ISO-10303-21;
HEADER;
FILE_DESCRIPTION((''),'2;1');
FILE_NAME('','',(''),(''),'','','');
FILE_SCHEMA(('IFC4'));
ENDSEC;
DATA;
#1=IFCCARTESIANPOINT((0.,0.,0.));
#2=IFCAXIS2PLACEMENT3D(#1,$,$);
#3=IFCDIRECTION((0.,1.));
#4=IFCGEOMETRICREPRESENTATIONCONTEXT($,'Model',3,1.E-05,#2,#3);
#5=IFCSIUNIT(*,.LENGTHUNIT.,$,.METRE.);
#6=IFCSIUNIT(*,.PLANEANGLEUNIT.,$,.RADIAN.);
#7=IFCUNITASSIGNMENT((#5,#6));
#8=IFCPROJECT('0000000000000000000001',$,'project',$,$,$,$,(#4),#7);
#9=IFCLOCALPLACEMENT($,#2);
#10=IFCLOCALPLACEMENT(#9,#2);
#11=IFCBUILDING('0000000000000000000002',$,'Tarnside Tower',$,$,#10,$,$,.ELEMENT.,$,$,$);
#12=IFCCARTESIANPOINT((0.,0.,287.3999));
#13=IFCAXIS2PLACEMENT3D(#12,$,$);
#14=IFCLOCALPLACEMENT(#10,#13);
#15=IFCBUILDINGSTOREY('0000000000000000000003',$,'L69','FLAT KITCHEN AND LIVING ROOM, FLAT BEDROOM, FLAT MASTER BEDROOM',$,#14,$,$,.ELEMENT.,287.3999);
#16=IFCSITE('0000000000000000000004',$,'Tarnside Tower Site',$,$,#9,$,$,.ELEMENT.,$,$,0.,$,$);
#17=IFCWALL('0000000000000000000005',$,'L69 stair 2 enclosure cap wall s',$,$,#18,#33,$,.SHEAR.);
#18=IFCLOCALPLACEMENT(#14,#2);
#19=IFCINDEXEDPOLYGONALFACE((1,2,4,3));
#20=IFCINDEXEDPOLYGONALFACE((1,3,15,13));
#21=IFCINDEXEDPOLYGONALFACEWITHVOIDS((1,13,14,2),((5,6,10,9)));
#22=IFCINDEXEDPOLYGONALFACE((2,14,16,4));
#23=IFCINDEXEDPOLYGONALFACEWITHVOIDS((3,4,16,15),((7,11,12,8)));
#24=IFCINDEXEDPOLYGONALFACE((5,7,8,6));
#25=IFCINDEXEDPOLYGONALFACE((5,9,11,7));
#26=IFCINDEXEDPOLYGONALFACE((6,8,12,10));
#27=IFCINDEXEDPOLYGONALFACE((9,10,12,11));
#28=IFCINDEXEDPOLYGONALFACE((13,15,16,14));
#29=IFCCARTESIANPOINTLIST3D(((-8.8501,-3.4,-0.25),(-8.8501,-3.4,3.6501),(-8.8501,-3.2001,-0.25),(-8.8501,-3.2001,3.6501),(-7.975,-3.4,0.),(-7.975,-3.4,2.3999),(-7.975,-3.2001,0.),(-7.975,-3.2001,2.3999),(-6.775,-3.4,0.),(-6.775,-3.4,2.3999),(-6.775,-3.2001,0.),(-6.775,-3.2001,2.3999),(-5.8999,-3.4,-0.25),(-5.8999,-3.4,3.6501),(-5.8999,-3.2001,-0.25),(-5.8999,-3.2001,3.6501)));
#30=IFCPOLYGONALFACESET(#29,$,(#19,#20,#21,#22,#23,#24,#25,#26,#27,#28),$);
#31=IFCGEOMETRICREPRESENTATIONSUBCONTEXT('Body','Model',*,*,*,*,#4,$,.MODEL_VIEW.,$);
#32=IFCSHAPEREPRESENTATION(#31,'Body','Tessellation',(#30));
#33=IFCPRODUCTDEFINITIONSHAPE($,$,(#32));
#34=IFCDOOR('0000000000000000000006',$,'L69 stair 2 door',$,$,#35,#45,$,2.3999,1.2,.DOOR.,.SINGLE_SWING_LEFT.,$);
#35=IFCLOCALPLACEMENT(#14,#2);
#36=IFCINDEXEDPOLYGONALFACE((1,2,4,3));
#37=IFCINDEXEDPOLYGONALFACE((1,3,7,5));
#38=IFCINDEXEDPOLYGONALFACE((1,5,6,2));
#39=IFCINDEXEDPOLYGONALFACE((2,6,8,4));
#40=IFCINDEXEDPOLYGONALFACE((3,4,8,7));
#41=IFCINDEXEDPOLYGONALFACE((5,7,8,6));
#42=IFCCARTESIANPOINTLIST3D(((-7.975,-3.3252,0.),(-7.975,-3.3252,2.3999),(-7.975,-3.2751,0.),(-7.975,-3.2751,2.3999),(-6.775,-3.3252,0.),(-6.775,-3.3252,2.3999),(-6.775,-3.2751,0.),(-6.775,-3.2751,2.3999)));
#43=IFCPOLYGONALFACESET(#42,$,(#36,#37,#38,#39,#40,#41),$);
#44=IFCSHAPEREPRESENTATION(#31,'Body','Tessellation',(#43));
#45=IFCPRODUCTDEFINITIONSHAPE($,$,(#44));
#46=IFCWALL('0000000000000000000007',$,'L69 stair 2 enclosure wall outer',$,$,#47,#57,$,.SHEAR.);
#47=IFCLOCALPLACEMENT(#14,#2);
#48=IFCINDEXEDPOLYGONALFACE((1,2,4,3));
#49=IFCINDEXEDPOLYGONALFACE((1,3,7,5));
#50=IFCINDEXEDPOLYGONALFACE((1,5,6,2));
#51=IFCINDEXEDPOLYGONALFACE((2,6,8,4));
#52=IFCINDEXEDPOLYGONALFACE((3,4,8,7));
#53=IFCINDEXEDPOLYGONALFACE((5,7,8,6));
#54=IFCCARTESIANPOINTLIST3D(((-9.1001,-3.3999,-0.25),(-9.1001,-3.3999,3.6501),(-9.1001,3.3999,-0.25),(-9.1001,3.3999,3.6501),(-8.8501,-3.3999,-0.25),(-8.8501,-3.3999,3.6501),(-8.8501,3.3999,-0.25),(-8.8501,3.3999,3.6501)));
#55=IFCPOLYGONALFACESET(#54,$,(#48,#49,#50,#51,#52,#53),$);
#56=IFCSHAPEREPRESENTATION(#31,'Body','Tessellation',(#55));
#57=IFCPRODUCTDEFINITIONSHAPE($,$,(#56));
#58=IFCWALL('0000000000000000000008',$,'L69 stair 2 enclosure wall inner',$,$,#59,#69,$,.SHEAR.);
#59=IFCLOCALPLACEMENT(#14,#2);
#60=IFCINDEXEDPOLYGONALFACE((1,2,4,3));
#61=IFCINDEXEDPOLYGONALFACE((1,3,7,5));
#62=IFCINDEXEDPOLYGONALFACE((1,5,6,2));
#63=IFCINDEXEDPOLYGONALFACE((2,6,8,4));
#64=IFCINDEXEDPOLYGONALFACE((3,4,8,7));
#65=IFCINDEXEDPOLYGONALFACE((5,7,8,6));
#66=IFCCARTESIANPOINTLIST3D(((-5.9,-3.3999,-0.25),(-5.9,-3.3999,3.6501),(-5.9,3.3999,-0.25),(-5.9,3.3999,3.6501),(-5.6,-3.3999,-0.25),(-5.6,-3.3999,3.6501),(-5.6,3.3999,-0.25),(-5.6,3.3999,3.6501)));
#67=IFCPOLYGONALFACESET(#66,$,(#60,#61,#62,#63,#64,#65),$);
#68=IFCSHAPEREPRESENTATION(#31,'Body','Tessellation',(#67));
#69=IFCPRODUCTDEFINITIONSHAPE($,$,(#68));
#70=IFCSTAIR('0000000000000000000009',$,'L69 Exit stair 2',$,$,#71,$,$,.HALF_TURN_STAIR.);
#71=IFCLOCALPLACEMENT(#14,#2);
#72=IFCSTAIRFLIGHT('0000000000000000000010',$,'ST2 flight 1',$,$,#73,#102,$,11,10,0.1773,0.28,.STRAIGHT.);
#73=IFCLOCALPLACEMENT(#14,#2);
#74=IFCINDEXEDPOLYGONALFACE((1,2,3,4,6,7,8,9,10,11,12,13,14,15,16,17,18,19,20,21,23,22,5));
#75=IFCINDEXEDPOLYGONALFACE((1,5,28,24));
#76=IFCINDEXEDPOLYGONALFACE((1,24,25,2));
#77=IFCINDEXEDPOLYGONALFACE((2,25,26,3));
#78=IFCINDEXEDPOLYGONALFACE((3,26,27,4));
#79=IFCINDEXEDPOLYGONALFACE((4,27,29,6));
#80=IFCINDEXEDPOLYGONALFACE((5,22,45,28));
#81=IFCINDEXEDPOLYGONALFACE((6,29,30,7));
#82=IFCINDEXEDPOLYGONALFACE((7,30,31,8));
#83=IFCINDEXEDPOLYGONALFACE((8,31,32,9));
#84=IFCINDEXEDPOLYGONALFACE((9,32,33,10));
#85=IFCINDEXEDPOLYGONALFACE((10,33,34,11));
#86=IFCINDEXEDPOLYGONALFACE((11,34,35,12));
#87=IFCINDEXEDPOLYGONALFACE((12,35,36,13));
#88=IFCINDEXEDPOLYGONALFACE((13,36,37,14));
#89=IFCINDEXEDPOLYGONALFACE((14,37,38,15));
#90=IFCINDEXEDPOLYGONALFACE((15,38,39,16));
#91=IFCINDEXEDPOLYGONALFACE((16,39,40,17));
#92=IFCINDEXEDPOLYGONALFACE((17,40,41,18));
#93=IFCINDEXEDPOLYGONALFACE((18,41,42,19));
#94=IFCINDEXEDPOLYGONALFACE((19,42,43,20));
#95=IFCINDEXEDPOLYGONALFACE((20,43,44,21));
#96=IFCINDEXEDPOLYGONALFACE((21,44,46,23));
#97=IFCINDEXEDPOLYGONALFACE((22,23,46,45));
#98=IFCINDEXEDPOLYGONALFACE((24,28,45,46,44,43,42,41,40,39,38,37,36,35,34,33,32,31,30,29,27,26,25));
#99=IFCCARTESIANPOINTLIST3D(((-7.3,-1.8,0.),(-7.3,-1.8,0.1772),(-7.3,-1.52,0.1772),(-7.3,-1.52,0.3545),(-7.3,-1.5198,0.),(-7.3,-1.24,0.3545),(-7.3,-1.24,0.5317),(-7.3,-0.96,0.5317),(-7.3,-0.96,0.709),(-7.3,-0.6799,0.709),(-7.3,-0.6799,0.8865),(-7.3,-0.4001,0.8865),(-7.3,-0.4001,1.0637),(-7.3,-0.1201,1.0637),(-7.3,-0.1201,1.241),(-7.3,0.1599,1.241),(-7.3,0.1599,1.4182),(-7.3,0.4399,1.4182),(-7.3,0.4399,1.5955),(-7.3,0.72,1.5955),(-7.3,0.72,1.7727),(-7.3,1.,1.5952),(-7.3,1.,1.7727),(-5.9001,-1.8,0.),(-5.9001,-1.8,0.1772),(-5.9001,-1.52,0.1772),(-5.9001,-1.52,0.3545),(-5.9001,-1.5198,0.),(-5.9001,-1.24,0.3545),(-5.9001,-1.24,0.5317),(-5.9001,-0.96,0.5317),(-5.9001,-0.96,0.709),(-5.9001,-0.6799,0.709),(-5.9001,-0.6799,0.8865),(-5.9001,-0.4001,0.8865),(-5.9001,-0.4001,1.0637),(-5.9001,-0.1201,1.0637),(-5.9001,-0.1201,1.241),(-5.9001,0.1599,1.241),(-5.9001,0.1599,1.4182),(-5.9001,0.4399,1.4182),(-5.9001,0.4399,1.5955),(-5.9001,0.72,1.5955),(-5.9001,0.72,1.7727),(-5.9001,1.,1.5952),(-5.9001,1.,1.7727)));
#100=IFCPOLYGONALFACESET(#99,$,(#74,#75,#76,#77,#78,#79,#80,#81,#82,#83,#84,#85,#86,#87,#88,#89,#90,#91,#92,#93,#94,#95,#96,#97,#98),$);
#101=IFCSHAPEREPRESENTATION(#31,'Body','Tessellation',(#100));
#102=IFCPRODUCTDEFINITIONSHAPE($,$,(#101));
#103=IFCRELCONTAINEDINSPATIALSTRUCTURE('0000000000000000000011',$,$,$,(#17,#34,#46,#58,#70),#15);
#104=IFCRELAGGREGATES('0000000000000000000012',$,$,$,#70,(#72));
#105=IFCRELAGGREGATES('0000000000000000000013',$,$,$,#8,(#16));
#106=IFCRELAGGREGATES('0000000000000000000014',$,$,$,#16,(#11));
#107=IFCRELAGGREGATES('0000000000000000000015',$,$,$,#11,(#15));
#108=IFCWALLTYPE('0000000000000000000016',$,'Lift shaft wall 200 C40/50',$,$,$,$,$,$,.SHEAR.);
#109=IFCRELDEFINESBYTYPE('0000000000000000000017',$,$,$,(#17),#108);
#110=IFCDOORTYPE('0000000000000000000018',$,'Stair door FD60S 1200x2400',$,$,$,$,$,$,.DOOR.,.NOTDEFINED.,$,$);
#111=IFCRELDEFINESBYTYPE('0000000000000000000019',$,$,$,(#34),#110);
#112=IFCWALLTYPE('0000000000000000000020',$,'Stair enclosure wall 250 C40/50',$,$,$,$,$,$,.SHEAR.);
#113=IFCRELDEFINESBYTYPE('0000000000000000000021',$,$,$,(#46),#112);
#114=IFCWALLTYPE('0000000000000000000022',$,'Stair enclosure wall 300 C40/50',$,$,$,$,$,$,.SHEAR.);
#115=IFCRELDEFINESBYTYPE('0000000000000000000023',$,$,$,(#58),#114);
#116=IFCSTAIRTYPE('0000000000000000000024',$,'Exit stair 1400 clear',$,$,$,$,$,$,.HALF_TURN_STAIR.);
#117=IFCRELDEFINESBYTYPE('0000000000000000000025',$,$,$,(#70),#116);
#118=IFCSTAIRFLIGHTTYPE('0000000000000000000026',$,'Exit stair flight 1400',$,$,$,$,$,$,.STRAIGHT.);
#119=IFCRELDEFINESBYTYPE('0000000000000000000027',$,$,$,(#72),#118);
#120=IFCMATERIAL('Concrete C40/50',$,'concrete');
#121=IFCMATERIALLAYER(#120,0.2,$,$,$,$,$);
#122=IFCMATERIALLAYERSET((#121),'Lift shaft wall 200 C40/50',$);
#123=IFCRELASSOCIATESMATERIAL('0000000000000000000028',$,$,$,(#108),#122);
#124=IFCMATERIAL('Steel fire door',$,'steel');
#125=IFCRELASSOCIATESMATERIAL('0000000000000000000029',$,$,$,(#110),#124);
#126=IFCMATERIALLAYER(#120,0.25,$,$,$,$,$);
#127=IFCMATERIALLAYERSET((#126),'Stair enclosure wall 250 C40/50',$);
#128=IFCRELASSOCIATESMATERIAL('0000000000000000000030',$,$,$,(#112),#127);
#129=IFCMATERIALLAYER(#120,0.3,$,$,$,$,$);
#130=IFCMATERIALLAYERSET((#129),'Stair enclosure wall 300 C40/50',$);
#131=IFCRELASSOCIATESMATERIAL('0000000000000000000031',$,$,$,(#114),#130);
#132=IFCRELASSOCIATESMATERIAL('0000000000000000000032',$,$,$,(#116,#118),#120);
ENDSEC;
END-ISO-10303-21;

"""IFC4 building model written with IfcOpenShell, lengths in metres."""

from ifc_helpers import new_model, si_unit, direction, frame, frame_2d, origin, place, context, subcontext, project, spatial, polyline, rectangle, outline, extrude, material, layer, layer_set, type_object, element, fill, aggregate, save


model = new_model("IFC4")

# Units and contexts
model_context = context("Model", 3, precision=1e-05, world=origin(), true_north=direction((0.0, 1.0)))
body_context = subcontext(model_context, "Body", "Model", "MODEL_VIEW")
ifc_project = project(units=[si_unit("LENGTHUNIT", "METRE"), si_unit("PLANEANGLEUNIT", "RADIAN")], contexts=[model_context])

# Site, building, storey
site_placement = place(None, origin())
site = spatial("IfcSite", under=ifc_project, at=site_placement, Name="Tarnside Tower Site", CompositionType="ELEMENT", RefElevation=0.0)
building_placement = place(site_placement, origin())
building = spatial("IfcBuilding", under=site, at=building_placement, Name="Tarnside Tower", CompositionType="ELEMENT")
storey_placement = place(building_placement, frame((0.0, 0.0, 287.3999)))
storey = spatial("IfcBuildingStorey", under=building, at=storey_placement, Name="L69", Description="FLAT KITCHEN AND LIVING ROOM, FLAT BEDROOM, FLAT MASTER BEDROOM", CompositionType="ELEMENT", Elevation=287.3999)

# Shared definitions
ifc_material_1 = material(Name="Concrete C40/50", Category="concrete")
ifc_material_2 = material(Name="Steel fire door", Category="steel")

# Shared definitions
ifc_layer_1 = layer(ifc_material_1, 0.2)
ifc_layer_set_1 = layer_set([ifc_layer_1], Name="Lift shaft wall 200 C40/50")
wall_type_1 = type_object("IfcWallType", Name="Lift shaft wall 200 C40/50", PredefinedType="SHEAR", material=ifc_layer_set_1)

# Wall, opening, door
wall_1_placement = place(storey_placement, frame((-8.8501, -3.3, -0.25), z_axis=(0.0, 0.0, 1.0), x_axis=(1.0, 0.0, 0.0)))
wall_1 = element("IfcWall", 1, at=wall_1_placement, inside=storey, type_object=wall_type_1, Name="L69 stair 2 enclosure cap wall s", PredefinedType="SHEAR", context=body_context, shape_type="SweptSolid", body=[
    extrude(rectangle(XDim=2.9502, YDim=0.2, at=frame_2d((1.4751, 0.0))), origin(), (0.0, 0.0, 1.0), 3.9001),
])
opening_1_placement = place(wall_1_placement, frame((0.875, 0.0, 0.25)))
opening_1 = element("IfcOpeningElement", 2, at=opening_1_placement, cuts=wall_1, PredefinedType="OPENING", context=body_context, shape_type="SweptSolid", body=[
    extrude(rectangle(XDim=1.2, YDim=2.3999, at=frame_2d((0.6001, 1.2))), frame((0.0, 0.1099, 0.0), z_axis=(0.0, -1.0, 0.0), x_axis=(1.0, 0.0, 0.0)), (0.0, 0.0, 1.0), 0.22),
])
door_type_1 = type_object("IfcDoorType", Name="Stair door FD60S 1200x2400", OperationType="NOTDEFINED", PredefinedType="DOOR", material=ifc_material_2)
door_1_placement = place(opening_1_placement, origin())
door_1 = element("IfcDoor", 3, at=door_1_placement, inside=storey, type_object=door_type_1, Name="L69 stair 2 door", OperationType="SINGLE_SWING_LEFT", OverallHeight=2.3999, OverallWidth=1.2, PredefinedType="DOOR", context=body_context, shape_type="SweptSolid", body=[
    extrude(rectangle(XDim=1.2, YDim=2.3999, at=frame_2d((0.6001, 1.2))), frame((0.0, 0.0249, 0.0), z_axis=(0.0, -1.0, 0.0), x_axis=(1.0, 0.0, 0.0)), (0.0, 0.0, 1.0), 0.05),
])
fill(opening_1, door_1)

# Walls
ifc_layer_2 = layer(ifc_material_1, 0.25)
ifc_layer_set_2 = layer_set([ifc_layer_2], Name="Stair enclosure wall 250 C40/50")
wall_type_2 = type_object("IfcWallType", Name="Stair enclosure wall 250 C40/50", PredefinedType="SHEAR", material=ifc_layer_set_2)
wall_2_placement = place(storey_placement, frame((-8.9751, -3.3999, -0.25), z_axis=(0.0, 0.0, 1.0), x_axis=(0.0, 1.0, 0.0)))
element("IfcWall", 4, at=wall_2_placement, inside=storey, type_object=wall_type_2, Name="L69 stair 2 enclosure wall outer", PredefinedType="SHEAR", context=body_context, shape_type="SweptSolid", body=[
    extrude(rectangle(XDim=6.7998, YDim=0.25, at=frame_2d((3.3999, 0.0))), origin(), (0.0, 0.0, 1.0), 3.9001),
])
ifc_layer_3 = layer(ifc_material_1, 0.3)
ifc_layer_set_3 = layer_set([ifc_layer_3], Name="Stair enclosure wall 300 C40/50")
wall_type_3 = type_object("IfcWallType", Name="Stair enclosure wall 300 C40/50", PredefinedType="SHEAR", material=ifc_layer_set_3)
wall_3_placement = place(storey_placement, frame((-5.75, -3.3999, -0.25), z_axis=(0.0, 0.0, 1.0), x_axis=(0.0, 1.0, 0.0)))
element("IfcWall", 5, at=wall_3_placement, inside=storey, type_object=wall_type_3, Name="L69 stair 2 enclosure wall inner", PredefinedType="SHEAR", context=body_context, shape_type="SweptSolid", body=[
    extrude(rectangle(XDim=6.7998, YDim=0.3, at=frame_2d((3.3999, 0.0))), origin(), (0.0, 0.0, 1.0), 3.9001),
])

# Stair, stair flight
stair_type = type_object("IfcStairType", Name="Exit stair 1400 clear", PredefinedType="HALF_TURN_STAIR", material=ifc_material_1)
stair_placement = place(storey_placement, origin())
stair = element("IfcStair", 6, at=stair_placement, inside=storey, type_object=stair_type, Name="L69 Exit stair 2", PredefinedType="HALF_TURN_STAIR")
stair_flight_type = type_object("IfcStairFlightType", Name="Exit stair flight 1400", PredefinedType="STRAIGHT", material=ifc_material_1)
stair_flight_placement = place(storey_placement, frame((-6.6001, -1.8, 0.0), z_axis=(0.0, 0.0, 1.0), x_axis=(0.0, 1.0, 0.0)))
stair_flight = element("IfcStairFlight", 7, at=stair_flight_placement, type_object=stair_flight_type, Name="ST2 flight 1", NumberOfRisers=11, NumberOfTreads=10, PredefinedType="STRAIGHT", RiserHeight=0.1773, TreadLength=0.28, context=body_context, shape_type="SweptSolid", body=[
    extrude(outline(polyline([(0.0, 0.0), (0.0, 0.1772), (0.28, 0.1772), (0.28, 0.3545), (0.5601, 0.3545), (0.5601, 0.5317), (0.8401, 0.5317), (0.8401, 0.709), (1.1201, 0.709), (1.1201, 0.8865), (1.3999, 0.8865), (1.3999, 1.0637), (1.6799, 1.0637), (1.6799, 1.241), (1.96, 1.241), (1.96, 1.4182), (2.24, 1.4182), (2.24, 1.5955), (2.52, 1.5955), (2.52, 1.7727), (2.8, 1.7727), (2.8, 1.95), (2.8, 1.5952), (0.2803, 0.0), (0.0, 0.0)])), frame((0.0, 0.7, 0.0), z_axis=(0.0, -1.0, 0.0), x_axis=(1.0, 0.0, 0.0)), (0.0, 0.0, 1.0), 1.3999),
])
aggregate(stair, [stair_flight])

save(model, "model.ifc")
